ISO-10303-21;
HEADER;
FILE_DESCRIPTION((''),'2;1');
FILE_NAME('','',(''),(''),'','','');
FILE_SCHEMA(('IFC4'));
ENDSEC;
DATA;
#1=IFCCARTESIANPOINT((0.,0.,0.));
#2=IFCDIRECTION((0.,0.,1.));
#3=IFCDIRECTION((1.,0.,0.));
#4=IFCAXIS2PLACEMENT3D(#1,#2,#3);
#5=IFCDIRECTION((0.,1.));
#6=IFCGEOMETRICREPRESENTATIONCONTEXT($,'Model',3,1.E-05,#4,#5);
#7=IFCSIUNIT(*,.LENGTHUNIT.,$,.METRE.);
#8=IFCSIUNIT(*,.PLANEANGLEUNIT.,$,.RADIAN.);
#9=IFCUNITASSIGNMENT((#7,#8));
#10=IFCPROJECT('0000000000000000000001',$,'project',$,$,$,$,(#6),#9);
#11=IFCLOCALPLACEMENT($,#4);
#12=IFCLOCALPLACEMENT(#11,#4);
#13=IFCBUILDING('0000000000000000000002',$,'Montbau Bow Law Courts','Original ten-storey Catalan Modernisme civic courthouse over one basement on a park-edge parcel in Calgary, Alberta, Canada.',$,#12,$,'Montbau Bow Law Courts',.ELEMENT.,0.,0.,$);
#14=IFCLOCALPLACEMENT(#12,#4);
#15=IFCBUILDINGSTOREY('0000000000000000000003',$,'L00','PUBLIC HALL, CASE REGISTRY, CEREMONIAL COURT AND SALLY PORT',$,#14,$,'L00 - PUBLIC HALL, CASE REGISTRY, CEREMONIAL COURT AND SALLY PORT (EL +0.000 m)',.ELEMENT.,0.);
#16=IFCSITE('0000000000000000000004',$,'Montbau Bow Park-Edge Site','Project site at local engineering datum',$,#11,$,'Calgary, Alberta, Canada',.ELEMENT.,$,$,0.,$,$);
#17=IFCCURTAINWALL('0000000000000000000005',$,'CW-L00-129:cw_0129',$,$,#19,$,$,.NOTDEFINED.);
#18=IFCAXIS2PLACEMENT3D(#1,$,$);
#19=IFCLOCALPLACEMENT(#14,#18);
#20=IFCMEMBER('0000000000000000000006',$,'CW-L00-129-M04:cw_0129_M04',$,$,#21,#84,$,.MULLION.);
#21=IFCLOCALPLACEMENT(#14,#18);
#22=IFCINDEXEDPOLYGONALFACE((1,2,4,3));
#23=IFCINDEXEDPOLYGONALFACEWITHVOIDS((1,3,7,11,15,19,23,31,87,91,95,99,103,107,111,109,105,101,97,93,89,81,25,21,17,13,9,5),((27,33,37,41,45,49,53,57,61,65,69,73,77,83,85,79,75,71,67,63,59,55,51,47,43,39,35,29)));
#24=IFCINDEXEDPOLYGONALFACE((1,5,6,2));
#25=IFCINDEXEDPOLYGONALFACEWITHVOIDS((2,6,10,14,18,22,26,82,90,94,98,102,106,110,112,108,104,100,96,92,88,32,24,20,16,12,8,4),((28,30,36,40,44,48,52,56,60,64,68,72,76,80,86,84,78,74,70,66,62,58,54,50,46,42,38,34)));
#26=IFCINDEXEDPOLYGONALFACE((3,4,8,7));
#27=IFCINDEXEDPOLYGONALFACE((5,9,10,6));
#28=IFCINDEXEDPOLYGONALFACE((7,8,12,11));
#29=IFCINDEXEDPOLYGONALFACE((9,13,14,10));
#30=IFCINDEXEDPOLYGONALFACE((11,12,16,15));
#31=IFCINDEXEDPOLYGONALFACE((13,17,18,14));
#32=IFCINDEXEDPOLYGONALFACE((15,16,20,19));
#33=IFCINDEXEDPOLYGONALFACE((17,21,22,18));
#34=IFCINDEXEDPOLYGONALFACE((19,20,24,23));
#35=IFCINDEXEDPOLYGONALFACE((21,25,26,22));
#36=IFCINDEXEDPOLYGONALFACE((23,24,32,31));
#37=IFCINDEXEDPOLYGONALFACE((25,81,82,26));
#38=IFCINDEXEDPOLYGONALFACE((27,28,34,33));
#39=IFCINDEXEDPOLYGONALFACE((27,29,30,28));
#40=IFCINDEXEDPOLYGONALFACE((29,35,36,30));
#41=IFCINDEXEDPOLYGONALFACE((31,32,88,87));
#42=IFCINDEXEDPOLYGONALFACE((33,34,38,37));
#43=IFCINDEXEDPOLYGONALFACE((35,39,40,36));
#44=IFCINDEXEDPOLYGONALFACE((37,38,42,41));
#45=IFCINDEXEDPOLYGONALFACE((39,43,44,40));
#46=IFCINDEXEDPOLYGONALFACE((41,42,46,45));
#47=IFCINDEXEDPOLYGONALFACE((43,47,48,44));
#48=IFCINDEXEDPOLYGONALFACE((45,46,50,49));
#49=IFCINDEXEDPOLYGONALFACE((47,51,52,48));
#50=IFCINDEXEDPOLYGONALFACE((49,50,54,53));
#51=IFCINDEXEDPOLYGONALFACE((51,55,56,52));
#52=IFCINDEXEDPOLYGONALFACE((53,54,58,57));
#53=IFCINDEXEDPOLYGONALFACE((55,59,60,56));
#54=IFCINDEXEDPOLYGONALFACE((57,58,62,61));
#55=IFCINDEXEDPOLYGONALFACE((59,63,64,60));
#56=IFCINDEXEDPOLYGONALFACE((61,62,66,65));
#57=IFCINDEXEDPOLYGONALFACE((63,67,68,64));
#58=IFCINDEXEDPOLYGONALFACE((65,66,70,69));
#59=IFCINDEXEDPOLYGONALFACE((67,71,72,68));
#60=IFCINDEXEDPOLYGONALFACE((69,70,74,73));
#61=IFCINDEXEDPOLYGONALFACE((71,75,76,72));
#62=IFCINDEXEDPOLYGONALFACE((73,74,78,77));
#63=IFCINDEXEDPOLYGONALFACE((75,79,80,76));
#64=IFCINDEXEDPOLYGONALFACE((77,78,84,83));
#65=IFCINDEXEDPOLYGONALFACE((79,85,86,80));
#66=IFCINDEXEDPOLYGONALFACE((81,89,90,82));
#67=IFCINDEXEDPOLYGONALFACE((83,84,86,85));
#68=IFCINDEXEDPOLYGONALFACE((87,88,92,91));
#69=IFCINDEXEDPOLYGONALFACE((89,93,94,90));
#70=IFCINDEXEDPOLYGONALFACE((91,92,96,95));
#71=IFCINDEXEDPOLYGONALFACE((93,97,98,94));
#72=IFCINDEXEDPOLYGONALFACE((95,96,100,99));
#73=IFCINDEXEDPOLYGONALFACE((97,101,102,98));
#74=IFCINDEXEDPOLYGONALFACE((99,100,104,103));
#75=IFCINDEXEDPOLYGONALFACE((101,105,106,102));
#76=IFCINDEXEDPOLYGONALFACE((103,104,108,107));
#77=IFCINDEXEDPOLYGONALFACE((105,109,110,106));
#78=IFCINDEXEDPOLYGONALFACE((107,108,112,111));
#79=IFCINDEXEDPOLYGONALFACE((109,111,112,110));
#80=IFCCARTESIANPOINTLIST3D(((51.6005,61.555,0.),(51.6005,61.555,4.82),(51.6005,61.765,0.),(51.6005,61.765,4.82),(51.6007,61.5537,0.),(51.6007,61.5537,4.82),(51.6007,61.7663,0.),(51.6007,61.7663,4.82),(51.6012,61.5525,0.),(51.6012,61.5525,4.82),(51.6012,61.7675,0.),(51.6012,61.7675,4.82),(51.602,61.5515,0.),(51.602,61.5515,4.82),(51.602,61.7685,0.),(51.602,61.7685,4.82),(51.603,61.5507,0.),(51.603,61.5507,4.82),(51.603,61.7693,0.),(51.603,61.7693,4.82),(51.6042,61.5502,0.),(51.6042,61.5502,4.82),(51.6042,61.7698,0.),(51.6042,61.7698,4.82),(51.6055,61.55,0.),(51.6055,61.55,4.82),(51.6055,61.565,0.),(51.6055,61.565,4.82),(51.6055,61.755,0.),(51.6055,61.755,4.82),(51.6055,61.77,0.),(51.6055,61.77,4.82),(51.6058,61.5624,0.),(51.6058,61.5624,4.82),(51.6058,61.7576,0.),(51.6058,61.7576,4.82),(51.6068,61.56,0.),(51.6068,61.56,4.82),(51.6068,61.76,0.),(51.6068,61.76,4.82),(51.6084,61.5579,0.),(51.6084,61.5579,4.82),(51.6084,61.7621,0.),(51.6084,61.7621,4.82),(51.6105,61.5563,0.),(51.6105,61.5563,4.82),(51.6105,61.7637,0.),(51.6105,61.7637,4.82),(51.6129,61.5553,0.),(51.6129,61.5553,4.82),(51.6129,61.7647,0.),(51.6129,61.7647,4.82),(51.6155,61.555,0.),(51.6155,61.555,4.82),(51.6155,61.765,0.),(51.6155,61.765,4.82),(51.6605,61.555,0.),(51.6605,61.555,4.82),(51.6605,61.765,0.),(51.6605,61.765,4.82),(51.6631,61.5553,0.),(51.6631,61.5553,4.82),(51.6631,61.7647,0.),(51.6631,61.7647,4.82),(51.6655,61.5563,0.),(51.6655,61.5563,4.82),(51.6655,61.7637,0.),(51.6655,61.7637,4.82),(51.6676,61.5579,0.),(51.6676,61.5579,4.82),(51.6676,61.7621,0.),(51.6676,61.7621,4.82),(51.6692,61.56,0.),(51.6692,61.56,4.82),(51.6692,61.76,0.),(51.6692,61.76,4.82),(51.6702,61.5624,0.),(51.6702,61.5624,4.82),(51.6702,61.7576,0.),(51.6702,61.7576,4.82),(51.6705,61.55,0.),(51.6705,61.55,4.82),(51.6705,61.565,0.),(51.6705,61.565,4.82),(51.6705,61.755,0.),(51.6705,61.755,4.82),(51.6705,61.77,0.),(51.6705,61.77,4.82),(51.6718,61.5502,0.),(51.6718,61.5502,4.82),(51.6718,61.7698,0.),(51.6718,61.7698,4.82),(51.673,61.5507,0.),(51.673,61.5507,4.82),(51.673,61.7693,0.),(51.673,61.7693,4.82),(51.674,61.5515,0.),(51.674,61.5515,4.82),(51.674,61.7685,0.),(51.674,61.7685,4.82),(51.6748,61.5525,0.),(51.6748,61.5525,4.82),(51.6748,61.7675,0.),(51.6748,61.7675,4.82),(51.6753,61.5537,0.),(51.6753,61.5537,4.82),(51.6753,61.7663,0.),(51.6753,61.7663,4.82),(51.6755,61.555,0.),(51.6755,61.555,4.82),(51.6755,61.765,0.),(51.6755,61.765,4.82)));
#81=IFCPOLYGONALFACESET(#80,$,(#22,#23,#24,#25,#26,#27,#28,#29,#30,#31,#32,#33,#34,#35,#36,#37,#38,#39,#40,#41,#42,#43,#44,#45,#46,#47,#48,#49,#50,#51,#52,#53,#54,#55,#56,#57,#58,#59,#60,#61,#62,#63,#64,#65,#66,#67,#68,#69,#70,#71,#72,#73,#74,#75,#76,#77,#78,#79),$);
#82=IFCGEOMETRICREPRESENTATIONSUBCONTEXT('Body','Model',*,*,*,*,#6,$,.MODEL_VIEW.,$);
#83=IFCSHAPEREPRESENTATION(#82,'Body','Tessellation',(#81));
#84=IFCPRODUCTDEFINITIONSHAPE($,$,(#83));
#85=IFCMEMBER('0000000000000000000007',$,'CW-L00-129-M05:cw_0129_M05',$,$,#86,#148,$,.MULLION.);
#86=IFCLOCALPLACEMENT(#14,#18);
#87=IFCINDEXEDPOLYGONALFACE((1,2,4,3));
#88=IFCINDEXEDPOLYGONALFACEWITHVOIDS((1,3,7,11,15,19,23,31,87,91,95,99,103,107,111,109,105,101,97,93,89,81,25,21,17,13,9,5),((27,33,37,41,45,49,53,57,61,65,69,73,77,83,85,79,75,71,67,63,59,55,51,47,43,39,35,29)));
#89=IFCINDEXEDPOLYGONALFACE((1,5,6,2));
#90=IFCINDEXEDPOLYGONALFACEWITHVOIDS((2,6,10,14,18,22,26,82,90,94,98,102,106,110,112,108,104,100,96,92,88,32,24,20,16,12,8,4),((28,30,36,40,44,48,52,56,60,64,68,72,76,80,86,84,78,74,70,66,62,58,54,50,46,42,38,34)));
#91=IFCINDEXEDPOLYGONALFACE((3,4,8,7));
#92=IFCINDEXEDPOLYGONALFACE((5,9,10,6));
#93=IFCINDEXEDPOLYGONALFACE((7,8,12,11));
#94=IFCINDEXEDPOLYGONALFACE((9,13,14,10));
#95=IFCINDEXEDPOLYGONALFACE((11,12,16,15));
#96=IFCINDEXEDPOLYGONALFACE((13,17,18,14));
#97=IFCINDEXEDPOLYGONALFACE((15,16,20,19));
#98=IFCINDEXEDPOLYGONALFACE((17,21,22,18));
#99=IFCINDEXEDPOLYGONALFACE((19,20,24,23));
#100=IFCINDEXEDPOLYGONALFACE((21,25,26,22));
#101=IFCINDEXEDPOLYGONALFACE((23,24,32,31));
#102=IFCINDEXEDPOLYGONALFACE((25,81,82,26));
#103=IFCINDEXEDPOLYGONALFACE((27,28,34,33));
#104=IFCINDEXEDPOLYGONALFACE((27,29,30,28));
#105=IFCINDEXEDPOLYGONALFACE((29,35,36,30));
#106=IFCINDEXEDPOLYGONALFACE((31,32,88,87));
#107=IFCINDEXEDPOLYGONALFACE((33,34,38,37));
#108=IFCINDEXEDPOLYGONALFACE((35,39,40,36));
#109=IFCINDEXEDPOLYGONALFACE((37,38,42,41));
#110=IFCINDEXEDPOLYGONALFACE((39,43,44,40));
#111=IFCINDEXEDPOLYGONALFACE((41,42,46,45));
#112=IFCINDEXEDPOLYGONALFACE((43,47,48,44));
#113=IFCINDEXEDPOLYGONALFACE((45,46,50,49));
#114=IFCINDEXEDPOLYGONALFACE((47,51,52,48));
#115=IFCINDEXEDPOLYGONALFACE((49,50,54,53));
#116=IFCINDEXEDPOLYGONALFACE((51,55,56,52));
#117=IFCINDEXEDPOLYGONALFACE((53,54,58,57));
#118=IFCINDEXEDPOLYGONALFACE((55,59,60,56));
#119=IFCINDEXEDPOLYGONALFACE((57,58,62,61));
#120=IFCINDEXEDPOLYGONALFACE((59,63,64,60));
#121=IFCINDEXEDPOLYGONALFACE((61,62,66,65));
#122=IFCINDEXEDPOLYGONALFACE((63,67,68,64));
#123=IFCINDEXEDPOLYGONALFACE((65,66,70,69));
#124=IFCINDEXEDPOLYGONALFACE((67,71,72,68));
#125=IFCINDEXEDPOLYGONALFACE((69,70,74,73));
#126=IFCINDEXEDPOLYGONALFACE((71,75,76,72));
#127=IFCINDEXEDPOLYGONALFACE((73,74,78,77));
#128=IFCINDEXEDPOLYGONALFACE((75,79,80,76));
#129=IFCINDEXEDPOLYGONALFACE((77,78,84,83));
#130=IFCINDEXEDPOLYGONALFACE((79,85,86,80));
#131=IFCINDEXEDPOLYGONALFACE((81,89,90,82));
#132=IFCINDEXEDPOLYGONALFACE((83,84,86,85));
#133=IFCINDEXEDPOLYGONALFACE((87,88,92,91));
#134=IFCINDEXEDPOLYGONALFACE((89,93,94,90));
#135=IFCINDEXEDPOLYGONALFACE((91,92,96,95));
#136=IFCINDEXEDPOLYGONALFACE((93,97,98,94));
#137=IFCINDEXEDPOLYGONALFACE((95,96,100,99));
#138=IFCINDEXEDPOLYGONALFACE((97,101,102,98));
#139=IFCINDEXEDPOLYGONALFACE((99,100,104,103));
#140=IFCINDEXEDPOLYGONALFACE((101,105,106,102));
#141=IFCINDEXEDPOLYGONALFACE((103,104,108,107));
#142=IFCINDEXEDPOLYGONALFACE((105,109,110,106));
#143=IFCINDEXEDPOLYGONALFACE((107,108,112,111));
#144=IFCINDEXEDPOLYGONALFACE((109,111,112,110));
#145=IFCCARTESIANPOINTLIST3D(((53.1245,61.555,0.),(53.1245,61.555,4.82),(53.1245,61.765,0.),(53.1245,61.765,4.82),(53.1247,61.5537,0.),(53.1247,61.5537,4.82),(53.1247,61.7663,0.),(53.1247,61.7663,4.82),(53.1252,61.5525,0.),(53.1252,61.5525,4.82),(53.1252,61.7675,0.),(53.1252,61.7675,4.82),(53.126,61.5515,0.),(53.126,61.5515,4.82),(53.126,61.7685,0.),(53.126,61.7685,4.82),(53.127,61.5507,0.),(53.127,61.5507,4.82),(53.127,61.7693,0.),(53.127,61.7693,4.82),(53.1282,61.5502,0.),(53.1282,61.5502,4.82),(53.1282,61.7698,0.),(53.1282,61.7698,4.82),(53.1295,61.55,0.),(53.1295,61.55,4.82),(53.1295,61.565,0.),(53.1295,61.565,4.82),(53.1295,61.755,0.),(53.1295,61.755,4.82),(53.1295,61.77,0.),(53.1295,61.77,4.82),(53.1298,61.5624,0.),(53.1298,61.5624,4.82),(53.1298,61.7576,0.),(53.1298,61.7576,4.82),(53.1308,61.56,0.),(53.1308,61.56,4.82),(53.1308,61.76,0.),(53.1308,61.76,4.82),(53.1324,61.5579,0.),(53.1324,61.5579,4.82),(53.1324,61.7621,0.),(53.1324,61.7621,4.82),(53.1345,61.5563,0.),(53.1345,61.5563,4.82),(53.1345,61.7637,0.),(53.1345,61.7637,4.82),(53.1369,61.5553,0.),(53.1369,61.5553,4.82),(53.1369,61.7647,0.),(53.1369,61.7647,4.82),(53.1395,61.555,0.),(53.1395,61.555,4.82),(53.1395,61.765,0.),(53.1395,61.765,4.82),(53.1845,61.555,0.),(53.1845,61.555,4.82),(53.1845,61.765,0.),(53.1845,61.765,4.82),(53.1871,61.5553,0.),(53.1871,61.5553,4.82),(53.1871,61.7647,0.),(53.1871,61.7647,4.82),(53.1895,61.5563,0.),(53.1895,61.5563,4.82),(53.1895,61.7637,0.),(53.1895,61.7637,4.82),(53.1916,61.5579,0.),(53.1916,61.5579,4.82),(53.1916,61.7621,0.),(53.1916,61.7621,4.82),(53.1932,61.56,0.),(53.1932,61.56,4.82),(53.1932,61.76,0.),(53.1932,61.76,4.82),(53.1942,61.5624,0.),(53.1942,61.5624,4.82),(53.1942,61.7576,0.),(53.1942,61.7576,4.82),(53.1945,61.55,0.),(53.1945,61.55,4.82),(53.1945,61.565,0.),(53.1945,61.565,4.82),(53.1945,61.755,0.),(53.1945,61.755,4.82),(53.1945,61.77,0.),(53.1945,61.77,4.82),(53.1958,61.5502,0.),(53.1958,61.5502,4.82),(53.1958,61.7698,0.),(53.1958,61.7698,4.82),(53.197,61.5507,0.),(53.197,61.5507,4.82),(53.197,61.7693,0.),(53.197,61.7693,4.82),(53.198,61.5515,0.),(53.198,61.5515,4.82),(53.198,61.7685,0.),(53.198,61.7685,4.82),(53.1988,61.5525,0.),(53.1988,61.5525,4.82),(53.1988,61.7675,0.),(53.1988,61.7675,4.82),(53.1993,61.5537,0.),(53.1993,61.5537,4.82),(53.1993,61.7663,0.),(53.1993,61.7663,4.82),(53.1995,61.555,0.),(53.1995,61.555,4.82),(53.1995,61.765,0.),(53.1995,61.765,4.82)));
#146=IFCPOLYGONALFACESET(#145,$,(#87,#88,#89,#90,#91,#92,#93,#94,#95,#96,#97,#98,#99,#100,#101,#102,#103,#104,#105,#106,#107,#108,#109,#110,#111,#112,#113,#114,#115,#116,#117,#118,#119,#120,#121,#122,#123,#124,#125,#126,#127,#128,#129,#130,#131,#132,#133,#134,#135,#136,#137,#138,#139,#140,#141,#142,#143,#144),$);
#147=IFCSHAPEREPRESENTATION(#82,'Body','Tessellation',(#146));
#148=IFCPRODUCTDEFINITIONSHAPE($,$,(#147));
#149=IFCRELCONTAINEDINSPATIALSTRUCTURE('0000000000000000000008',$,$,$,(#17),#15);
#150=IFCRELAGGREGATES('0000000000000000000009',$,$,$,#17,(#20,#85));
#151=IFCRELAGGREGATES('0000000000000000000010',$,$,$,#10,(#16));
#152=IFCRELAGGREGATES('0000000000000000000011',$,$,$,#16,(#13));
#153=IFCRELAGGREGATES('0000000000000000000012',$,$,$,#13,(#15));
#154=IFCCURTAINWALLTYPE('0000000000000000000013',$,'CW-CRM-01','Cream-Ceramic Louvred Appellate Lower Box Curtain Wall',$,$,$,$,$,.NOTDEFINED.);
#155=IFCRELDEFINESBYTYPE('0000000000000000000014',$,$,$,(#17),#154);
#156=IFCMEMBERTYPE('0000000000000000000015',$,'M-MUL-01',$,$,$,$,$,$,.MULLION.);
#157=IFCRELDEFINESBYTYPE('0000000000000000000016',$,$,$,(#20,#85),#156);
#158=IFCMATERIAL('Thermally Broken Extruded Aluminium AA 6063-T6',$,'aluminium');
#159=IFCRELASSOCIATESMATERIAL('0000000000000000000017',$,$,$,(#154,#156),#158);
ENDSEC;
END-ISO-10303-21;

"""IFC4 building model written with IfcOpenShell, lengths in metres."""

from ifc_helpers import new_model, si_unit, direction, frame, origin_with_axes, origin_2d_with_axis, place, context, subcontext, project, spatial, hollow_rectangle, extrude, material, material_profile, profile_set, type_object, element, aggregate, save


model = new_model("IFC4")

# Units and contexts
model_context = context("Model", 3, precision=1e-05, world=origin_with_axes(), true_north=direction((0.0, 1.0)))
body_context = subcontext(model_context, "Body", "Model", "MODEL_VIEW")
ifc_project = project(units=[si_unit("LENGTHUNIT", "METRE"), si_unit("PLANEANGLEUNIT", "RADIAN")], contexts=[model_context])

# Site, building, storey
site_placement = place(None, origin_with_axes())
site = spatial("IfcSite", under=ifc_project, at=site_placement, Name="Montbau Bow Park-Edge Site", Description="Project site at local engineering datum", LongName="Calgary, Alberta, Canada", CompositionType="ELEMENT", RefElevation=0.0)
building_placement = place(site_placement, origin_with_axes())
building = spatial("IfcBuilding", under=site, at=building_placement, Name="Montbau Bow Law Courts", Description="Original ten-storey Catalan Modernisme civic courthouse over one basement on a park-edge parcel in Calgary, Alberta, Canada.", LongName="Montbau Bow Law Courts", CompositionType="ELEMENT", ElevationOfRefHeight=0.0, ElevationOfTerrain=0.0)
storey_placement = place(building_placement, origin_with_axes())
storey = spatial("IfcBuildingStorey", under=building, at=storey_placement, Name="L00", Description="PUBLIC HALL, CASE REGISTRY, CEREMONIAL COURT AND SALLY PORT", LongName="L00 - PUBLIC HALL, CASE REGISTRY, CEREMONIAL COURT AND SALLY PORT (EL +0.000 m)", CompositionType="ELEMENT", Elevation=0.0)

# Curtain wall, members
ifc_material_1 = material(Name="Thermally Broken Extruded Aluminium AA 6063-T6", Category="aluminium")
curtain_wall_type = type_object("IfcCurtainWallType", Name="CW-CRM-01", Description="Cream-Ceramic Louvred Appellate Lower Box Curtain Wall", PredefinedType="NOTDEFINED", material=ifc_material_1)
curtain_wall_placement = place(None, frame((47.068, 61.66, 0.0), z_axis=(0.0, 0.0, 1.0), x_axis=(1.0, 0.0, 0.0)))
curtain_wall = element("IfcCurtainWall", 1, at=curtain_wall_placement, inside=storey, type_object=curtain_wall_type, Name="CW-L00-129:cw_0129", PredefinedType="NOTDEFINED")
ifc_material_profile_1 = material_profile(ifc_material_1, hollow_rectangle(XDim=0.075, YDim=0.22, WallThickness=0.005, InnerFilletRadius=0.01, OuterFilletRadius=0.005, at=origin_2d_with_axis()), Name="CWM-220X75", Category="Main", Priority=0)
ifc_profile_set_1 = profile_set([ifc_material_profile_1], Name="Thermally Broken Extruded Aluminium AA 6063-T6")
member_type_1 = type_object("IfcMemberType", Name="M-MUL-01", PredefinedType="MULLION", material=ifc_profile_set_1)
member_1_placement = place(None, frame((51.638, 61.66, 0.0), z_axis=(0.0, 0.0, 1.0), x_axis=(1.0, 0.0, 0.0)))
member_1 = element("IfcMember", 2, at=member_1_placement, type_object=member_type_1, Name="CW-L00-129-M04:cw_0129_M04", PredefinedType="MULLION", context=body_context, shape_type="SweptSolid", body=[
    extrude(hollow_rectangle(XDim=0.075, YDim=0.22, WallThickness=0.005, InnerFilletRadius=0.01, OuterFilletRadius=0.005, at=origin_2d_with_axis()), origin_with_axes(), (0.0, 0.0, 1.0), 4.82),
])
member_2_placement = place(None, frame((53.162, 61.66, 0.0), z_axis=(0.0, 0.0, 1.0), x_axis=(1.0, 0.0, 0.0)))
member_2 = element("IfcMember", 3, at=member_2_placement, type_object=member_type_1, Name="CW-L00-129-M05:cw_0129_M05", PredefinedType="MULLION", context=body_context, shape_type="SweptSolid", body=[
    extrude(hollow_rectangle(XDim=0.075, YDim=0.22, WallThickness=0.005, InnerFilletRadius=0.01, OuterFilletRadius=0.005, at=origin_2d_with_axis()), origin_with_axes(), (0.0, 0.0, 1.0), 4.82),
])
aggregate(curtain_wall, [member_1, member_2])

save(model, "model.ifc")
